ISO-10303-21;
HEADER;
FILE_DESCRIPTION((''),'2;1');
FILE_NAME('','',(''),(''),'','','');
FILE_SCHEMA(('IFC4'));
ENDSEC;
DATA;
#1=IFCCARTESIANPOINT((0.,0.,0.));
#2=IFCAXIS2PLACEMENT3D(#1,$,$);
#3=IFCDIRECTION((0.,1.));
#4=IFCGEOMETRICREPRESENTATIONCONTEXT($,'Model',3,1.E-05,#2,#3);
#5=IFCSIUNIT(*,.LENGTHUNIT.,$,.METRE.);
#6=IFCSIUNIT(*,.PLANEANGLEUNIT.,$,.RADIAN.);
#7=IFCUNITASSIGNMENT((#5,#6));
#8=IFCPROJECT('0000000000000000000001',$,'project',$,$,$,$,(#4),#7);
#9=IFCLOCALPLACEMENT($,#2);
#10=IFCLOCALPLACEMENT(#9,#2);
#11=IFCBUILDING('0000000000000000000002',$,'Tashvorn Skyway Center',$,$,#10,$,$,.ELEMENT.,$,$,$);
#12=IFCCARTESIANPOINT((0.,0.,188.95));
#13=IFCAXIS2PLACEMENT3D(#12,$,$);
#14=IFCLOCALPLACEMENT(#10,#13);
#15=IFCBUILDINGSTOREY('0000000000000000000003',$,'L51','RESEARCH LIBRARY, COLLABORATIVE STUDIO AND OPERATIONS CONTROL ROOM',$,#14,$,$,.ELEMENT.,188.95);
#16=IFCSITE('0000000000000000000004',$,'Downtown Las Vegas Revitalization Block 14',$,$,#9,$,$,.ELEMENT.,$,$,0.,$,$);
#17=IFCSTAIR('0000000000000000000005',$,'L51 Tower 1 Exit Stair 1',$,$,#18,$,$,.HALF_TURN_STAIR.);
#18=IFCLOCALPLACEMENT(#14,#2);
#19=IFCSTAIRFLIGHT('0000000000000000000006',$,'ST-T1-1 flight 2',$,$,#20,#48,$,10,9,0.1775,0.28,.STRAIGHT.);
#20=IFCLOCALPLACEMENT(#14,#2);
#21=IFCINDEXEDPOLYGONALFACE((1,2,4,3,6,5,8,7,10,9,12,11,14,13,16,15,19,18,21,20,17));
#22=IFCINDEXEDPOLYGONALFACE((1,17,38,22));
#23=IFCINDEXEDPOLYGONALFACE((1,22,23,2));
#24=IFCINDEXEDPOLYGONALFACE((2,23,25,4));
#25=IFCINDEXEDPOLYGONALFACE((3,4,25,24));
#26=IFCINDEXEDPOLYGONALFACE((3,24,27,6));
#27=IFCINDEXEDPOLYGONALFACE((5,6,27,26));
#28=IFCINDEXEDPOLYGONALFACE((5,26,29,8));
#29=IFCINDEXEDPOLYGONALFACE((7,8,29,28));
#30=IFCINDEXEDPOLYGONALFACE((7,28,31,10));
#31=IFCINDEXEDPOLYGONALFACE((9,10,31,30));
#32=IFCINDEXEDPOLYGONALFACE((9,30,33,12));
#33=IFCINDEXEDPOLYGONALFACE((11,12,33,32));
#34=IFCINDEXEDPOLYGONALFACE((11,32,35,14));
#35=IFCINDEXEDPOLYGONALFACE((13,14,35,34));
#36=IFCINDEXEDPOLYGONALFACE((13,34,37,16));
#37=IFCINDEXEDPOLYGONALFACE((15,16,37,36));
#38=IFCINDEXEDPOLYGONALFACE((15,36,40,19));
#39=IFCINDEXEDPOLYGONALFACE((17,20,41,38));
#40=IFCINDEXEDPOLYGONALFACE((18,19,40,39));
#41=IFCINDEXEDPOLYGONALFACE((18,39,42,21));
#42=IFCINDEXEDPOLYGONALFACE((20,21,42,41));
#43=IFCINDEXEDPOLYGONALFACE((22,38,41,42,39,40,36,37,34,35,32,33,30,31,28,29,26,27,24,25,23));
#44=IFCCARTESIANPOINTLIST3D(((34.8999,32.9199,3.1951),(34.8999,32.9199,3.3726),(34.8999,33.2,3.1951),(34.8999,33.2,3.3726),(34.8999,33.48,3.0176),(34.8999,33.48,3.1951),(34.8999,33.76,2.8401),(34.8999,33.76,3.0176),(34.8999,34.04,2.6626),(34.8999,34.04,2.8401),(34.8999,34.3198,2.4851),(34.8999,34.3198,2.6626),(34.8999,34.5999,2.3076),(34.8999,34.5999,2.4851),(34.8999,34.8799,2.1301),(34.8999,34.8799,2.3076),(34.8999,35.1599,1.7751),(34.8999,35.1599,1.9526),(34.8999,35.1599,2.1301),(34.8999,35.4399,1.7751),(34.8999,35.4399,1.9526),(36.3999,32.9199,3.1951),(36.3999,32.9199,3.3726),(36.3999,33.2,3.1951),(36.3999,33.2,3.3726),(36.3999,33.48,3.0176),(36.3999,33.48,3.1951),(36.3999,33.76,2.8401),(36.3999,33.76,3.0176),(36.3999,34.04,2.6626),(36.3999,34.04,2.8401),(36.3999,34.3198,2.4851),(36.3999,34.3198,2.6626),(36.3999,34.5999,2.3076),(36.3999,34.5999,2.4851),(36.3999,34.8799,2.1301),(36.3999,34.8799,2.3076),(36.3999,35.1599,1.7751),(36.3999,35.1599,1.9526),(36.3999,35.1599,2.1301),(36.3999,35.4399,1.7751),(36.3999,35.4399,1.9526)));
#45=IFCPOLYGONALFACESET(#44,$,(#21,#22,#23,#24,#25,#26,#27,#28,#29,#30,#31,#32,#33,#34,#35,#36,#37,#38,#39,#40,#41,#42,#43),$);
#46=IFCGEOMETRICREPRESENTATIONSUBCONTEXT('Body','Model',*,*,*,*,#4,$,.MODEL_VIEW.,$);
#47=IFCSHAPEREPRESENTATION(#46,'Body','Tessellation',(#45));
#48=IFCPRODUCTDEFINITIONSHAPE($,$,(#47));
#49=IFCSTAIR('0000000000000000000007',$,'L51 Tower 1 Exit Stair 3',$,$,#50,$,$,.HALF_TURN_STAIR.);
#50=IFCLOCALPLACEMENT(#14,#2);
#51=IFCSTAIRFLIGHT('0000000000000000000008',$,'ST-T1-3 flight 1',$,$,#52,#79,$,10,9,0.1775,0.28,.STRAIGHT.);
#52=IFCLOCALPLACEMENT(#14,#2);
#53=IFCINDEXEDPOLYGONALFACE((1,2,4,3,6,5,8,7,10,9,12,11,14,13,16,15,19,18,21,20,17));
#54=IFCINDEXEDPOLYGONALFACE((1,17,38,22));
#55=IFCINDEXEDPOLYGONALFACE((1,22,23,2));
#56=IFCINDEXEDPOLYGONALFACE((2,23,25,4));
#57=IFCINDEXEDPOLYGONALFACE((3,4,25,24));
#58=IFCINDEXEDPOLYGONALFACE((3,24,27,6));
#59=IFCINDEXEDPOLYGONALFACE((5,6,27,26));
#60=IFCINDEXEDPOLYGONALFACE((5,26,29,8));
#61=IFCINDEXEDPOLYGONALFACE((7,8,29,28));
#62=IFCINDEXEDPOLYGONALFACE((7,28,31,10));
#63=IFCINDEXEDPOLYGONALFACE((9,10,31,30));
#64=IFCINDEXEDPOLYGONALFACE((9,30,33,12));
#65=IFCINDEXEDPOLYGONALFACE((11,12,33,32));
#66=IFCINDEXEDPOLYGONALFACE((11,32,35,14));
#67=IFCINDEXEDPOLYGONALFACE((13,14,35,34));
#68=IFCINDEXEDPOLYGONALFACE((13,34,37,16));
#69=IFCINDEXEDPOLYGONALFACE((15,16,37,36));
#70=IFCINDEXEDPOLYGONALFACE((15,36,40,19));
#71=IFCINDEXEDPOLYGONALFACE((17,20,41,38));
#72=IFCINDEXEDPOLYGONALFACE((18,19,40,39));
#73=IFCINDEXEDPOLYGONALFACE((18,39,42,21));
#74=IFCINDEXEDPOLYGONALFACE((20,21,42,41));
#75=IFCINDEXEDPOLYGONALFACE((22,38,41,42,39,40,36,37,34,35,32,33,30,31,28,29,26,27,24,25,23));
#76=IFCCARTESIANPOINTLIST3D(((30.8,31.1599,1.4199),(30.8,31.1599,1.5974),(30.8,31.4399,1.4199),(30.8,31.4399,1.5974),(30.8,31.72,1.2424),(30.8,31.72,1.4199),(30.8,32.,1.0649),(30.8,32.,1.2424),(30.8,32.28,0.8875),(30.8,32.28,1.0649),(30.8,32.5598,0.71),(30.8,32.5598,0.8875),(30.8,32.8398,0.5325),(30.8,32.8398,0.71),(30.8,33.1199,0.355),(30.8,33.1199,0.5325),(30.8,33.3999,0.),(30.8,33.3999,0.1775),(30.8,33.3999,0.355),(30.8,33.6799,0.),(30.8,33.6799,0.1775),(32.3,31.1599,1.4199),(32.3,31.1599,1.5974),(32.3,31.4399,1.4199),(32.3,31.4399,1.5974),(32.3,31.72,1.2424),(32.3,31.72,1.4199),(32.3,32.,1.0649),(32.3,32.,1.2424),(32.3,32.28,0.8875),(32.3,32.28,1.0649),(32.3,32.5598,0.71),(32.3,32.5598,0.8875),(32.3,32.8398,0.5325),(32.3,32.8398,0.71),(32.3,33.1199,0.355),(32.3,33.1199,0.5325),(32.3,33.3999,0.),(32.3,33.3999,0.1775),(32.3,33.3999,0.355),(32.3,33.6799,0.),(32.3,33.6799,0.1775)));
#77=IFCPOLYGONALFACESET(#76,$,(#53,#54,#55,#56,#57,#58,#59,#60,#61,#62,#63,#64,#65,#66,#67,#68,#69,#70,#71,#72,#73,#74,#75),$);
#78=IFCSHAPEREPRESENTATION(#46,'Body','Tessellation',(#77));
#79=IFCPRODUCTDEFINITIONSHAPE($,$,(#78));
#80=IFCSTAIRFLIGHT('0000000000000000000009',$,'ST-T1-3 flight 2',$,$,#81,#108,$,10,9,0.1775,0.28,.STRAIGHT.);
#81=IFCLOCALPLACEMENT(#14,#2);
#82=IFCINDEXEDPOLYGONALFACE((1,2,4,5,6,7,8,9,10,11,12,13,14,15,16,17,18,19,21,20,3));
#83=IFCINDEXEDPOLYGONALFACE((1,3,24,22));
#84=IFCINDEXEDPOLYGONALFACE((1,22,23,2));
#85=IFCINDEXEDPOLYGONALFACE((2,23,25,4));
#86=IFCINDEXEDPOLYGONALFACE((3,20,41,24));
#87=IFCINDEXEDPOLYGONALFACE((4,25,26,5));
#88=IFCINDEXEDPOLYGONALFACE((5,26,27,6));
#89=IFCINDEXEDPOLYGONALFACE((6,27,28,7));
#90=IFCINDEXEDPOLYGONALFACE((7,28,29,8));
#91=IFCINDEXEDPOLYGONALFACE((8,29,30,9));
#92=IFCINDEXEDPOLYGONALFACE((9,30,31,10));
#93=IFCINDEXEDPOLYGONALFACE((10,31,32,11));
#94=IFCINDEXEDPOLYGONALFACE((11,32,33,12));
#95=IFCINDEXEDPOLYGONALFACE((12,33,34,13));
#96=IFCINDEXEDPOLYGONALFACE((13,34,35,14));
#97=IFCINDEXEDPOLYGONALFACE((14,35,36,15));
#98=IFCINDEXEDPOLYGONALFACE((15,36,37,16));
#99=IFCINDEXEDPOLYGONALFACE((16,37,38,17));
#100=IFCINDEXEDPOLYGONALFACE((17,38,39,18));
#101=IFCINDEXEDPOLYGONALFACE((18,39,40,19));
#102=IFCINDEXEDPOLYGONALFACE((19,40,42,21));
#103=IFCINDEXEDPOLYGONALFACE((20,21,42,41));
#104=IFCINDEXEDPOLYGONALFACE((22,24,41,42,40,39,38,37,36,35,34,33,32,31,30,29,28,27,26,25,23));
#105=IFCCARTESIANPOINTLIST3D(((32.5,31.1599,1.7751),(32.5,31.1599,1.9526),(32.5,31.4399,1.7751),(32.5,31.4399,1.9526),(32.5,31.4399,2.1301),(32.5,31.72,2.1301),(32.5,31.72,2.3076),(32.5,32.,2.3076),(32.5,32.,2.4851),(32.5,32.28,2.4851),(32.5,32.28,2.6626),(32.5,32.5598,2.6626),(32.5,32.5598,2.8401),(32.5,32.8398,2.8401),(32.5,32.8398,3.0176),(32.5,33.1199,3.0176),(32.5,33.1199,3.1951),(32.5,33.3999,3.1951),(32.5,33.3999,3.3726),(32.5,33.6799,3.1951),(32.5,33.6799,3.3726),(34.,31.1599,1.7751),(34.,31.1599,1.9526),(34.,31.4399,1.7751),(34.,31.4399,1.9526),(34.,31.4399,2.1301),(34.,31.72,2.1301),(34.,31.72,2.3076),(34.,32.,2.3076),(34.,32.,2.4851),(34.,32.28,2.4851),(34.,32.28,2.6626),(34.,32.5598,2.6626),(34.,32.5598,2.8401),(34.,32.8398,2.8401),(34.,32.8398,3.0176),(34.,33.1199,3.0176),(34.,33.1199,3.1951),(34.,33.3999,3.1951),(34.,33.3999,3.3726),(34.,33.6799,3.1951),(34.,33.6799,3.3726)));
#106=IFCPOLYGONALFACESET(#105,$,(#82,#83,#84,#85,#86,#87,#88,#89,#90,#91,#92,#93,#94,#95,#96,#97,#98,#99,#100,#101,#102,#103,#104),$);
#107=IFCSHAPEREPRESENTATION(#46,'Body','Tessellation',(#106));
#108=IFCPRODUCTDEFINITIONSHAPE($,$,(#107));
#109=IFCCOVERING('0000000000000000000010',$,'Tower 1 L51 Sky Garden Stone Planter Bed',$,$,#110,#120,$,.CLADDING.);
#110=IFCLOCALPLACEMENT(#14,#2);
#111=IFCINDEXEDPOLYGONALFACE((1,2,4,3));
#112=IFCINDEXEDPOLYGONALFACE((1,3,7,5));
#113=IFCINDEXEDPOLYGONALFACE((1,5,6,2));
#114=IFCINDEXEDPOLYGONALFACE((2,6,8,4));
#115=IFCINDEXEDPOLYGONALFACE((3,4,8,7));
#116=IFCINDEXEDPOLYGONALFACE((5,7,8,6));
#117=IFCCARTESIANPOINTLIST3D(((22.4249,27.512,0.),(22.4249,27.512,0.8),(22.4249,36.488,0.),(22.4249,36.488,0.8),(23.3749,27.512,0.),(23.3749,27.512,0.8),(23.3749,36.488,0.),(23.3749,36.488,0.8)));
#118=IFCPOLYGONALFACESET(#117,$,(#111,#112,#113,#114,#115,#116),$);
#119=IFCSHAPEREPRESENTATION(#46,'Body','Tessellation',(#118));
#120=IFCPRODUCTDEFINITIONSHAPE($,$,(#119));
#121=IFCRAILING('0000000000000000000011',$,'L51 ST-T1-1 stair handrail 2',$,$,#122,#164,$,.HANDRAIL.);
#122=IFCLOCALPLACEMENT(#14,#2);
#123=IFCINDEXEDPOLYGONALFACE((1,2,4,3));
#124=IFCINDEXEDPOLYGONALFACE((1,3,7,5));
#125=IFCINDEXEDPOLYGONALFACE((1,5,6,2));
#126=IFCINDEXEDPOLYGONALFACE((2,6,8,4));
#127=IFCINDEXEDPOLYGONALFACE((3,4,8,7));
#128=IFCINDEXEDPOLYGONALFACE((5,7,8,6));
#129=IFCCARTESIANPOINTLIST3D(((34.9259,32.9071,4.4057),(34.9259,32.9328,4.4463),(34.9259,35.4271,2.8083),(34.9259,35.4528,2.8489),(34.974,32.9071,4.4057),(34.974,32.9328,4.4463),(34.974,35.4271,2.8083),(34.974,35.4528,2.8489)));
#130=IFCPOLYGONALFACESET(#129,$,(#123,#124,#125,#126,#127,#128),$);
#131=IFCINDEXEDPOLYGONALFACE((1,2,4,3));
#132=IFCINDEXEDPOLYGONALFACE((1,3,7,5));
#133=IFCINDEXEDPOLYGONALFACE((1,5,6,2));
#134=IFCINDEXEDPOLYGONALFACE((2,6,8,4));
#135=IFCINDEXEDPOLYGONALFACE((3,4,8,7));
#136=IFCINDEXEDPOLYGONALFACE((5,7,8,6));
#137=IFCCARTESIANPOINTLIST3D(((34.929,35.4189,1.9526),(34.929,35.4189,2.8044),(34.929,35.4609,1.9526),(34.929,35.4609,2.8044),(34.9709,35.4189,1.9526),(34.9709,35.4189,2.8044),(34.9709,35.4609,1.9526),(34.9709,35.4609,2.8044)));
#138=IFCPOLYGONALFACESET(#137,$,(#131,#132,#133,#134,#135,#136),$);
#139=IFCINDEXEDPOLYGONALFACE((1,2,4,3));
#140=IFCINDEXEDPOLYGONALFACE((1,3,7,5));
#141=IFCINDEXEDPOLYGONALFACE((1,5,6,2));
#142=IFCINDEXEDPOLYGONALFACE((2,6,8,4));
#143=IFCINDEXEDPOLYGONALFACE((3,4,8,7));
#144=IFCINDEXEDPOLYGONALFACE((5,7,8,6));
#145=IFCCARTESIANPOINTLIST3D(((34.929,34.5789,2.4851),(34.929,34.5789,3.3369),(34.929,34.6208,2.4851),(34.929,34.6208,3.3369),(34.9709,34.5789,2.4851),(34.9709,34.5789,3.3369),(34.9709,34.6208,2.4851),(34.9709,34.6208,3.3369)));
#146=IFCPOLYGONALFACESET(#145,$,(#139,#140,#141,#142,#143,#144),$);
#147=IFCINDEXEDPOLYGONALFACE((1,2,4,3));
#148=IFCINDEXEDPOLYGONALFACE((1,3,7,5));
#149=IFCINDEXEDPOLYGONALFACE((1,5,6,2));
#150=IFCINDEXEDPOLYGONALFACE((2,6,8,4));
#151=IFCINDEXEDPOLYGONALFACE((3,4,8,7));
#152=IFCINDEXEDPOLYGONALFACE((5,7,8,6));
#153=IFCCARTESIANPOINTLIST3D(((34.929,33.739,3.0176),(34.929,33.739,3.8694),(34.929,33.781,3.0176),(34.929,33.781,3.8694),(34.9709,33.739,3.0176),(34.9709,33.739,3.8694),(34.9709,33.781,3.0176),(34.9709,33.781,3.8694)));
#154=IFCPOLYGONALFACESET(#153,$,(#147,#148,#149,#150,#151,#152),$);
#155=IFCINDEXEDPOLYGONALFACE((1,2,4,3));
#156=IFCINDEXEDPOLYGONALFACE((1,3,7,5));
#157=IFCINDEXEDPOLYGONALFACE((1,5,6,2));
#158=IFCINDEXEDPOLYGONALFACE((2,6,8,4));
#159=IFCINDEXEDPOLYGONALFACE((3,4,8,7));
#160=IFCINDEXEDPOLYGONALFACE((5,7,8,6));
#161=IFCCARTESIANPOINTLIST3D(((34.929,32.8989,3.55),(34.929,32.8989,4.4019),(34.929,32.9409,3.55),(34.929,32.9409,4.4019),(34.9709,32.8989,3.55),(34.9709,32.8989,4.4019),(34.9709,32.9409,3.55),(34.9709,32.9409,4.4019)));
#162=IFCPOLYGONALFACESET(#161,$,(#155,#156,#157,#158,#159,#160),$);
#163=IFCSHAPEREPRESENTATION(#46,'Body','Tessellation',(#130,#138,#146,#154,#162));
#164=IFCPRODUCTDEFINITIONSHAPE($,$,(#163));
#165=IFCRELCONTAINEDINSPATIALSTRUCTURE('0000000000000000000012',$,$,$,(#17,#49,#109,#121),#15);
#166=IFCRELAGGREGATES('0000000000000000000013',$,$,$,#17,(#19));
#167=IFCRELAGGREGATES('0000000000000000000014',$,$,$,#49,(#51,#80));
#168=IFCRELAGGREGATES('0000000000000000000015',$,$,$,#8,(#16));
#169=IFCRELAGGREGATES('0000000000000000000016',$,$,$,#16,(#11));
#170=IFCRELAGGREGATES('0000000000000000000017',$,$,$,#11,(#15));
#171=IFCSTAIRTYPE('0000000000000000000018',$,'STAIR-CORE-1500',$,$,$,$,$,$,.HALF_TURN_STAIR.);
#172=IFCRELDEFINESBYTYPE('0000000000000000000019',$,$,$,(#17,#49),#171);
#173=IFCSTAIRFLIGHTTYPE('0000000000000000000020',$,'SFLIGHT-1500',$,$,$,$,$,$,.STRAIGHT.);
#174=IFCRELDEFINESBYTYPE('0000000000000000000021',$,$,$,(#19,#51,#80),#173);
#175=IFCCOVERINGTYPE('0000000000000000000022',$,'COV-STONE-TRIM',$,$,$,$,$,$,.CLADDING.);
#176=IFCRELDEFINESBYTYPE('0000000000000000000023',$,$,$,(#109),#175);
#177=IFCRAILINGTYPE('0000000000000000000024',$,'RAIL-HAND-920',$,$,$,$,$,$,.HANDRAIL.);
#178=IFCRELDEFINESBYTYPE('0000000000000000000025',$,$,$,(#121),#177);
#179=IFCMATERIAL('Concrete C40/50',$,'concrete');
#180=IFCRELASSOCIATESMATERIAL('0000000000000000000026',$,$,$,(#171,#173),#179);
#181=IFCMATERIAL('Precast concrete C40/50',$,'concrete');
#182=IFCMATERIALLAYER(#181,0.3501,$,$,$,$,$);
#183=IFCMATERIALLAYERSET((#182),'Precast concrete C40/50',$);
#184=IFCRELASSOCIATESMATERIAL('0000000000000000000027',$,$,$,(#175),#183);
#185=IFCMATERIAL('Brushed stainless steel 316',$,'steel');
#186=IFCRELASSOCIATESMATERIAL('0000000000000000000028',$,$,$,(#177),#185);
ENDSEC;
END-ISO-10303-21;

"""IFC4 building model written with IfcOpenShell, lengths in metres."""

from ifc_helpers import new_model, si_unit, direction, frame, origin, origin_2d, place, context, subcontext, project, spatial, polyline, rectangle, outline, extrude, material, layer, layer_set, type_object, element, aggregate, save


model = new_model("IFC4")

# Units and contexts
model_context = context("Model", 3, precision=1e-05, world=origin(), true_north=direction((0.0, 1.0)))
body_context = subcontext(model_context, "Body", "Model", "MODEL_VIEW")
ifc_project = project(units=[si_unit("LENGTHUNIT", "METRE"), si_unit("PLANEANGLEUNIT", "RADIAN")], contexts=[model_context])

# Site, building, storey
site_placement = place(None, origin())
site = spatial("IfcSite", under=ifc_project, at=site_placement, Name="Downtown Las Vegas Revitalization Block 14", CompositionType="ELEMENT", RefElevation=0.0)
building_placement = place(site_placement, origin())
building = spatial("IfcBuilding", under=site, at=building_placement, Name="Tashvorn Skyway Center", CompositionType="ELEMENT")
storey_placement = place(building_placement, frame((0.0, 0.0, 188.95)))
storey = spatial("IfcBuildingStorey", under=building, at=storey_placement, Name="L51", Description="RESEARCH LIBRARY, COLLABORATIVE STUDIO AND OPERATIONS CONTROL ROOM", CompositionType="ELEMENT", Elevation=188.95)

# Shared definitions
ifc_material_1 = material(Name="Concrete C40/50", Category="concrete")

# Stair, stair flight
stair_type = type_object("IfcStairType", Name="STAIR-CORE-1500", PredefinedType="HALF_TURN_STAIR", material=ifc_material_1)
stair_1_placement = place(storey_placement, origin())
stair_1 = element("IfcStair", 1, at=stair_1_placement, inside=storey, type_object=stair_type, Name="L51 Tower 1 Exit Stair 1", PredefinedType="HALF_TURN_STAIR")
stair_flight_type = type_object("IfcStairFlightType", Name="SFLIGHT-1500", PredefinedType="STRAIGHT", material=ifc_material_1)
stair_flight_1_placement = place(storey_placement, frame((35.6499, 35.4399, 1.7751), z_axis=(0.0, 0.0, 1.0), x_axis=(0.0, -1.0, 0.0)))
stair_flight_1 = element("IfcStairFlight", 2, at=stair_flight_1_placement, type_object=stair_flight_type, Name="ST-T1-1 flight 2", NumberOfRisers=10, NumberOfTreads=9, PredefinedType="STRAIGHT", RiserHeight=0.1775, TreadLength=0.28, context=body_context, shape_type="SweptSolid", body=[
    extrude(outline(polyline([(0.0, 0.0), (0.0, 0.1775), (0.28, 0.1775), (0.28, 0.355), (0.5601, 0.355), (0.5601, 0.5325), (0.8401, 0.5325), (0.8401, 0.71), (1.1201, 0.71), (1.1201, 0.8875), (1.3999, 0.8875), (1.3999, 1.0649), (1.6799, 1.0649), (1.6799, 1.2424), (1.96, 1.2424), (1.96, 1.4199), (2.24, 1.4199), (2.24, 1.5974), (2.52, 1.5974), (2.52, 1.7749), (2.52, 1.4199), (0.28, 0.0), (0.0, 0.0)])), frame((0.0, 0.75, 0.0), z_axis=(0.0, -1.0, 0.0), x_axis=(1.0, 0.0, 0.0)), (0.0, 0.0, 1.0), 1.5),
])
aggregate(stair_1, [stair_flight_1])

# Stair, stair flights
stair_2_placement = place(storey_placement, origin())
stair_2 = element("IfcStair", 3, at=stair_2_placement, inside=storey, type_object=stair_type, Name="L51 Tower 1 Exit Stair 3", PredefinedType="HALF_TURN_STAIR")
stair_flight_2_placement = place(storey_placement, frame((31.55, 33.6799, 0.0), z_axis=(0.0, 0.0, 1.0), x_axis=(0.0, -1.0, 0.0)))
stair_flight_2 = element("IfcStairFlight", 4, at=stair_flight_2_placement, type_object=stair_flight_type, Name="ST-T1-3 flight 1", NumberOfRisers=10, NumberOfTreads=9, PredefinedType="STRAIGHT", RiserHeight=0.1775, TreadLength=0.28, context=body_context, shape_type="SweptSolid", body=[
    extrude(outline(polyline([(0.0, 0.0), (0.0, 0.1775), (0.28, 0.1775), (0.28, 0.355), (0.5601, 0.355), (0.5601, 0.5325), (0.8401, 0.5325), (0.8401, 0.71), (1.1201, 0.71), (1.1201, 0.8875), (1.3999, 0.8875), (1.3999, 1.0649), (1.6799, 1.0649), (1.6799, 1.2424), (1.96, 1.2424), (1.96, 1.4199), (2.24, 1.4199), (2.24, 1.5974), (2.52, 1.5974), (2.52, 1.7749), (2.52, 1.4199), (0.28, 0.0), (0.0, 0.0)])), frame((0.0, 0.75, 0.0), z_axis=(0.0, -1.0, 0.0), x_axis=(1.0, 0.0, 0.0)), (0.0, 0.0, 1.0), 1.5),
])
stair_flight_3_placement = place(storey_placement, frame((33.25, 31.1599, 1.7751), z_axis=(0.0, 0.0, 1.0), x_axis=(0.0, 1.0, 0.0)))
stair_flight_3 = element("IfcStairFlight", 5, at=stair_flight_3_placement, type_object=stair_flight_type, Name="ST-T1-3 flight 2", NumberOfRisers=10, NumberOfTreads=9, PredefinedType="STRAIGHT", RiserHeight=0.1775, TreadLength=0.28, context=body_context, shape_type="SweptSolid", body=[
    extrude(outline(polyline([(0.0, 0.0), (0.0, 0.1775), (0.28, 0.1775), (0.28, 0.355), (0.5601, 0.355), (0.5601, 0.5325), (0.8401, 0.5325), (0.8401, 0.71), (1.1201, 0.71), (1.1201, 0.8875), (1.3999, 0.8875), (1.3999, 1.0649), (1.6799, 1.0649), (1.6799, 1.2424), (1.96, 1.2424), (1.96, 1.4199), (2.24, 1.4199), (2.24, 1.5974), (2.52, 1.5974), (2.52, 1.7749), (2.52, 1.4199), (0.28, 0.0), (0.0, 0.0)])), frame((0.0, 0.75, 0.0), z_axis=(0.0, -1.0, 0.0), x_axis=(1.0, 0.0, 0.0)), (0.0, 0.0, 1.0), 1.5),
])
aggregate(stair_2, [stair_flight_2, stair_flight_3])

# Covering
ifc_material_2 = material(Name="Precast concrete C40/50", Category="concrete")
ifc_layer_1 = layer(ifc_material_2, 0.3501)
ifc_layer_set_1 = layer_set([ifc_layer_1], Name="Precast concrete C40/50")
covering_type = type_object("IfcCoveringType", Name="COV-STONE-TRIM", PredefinedType="CLADDING", material=ifc_layer_set_1)
covering_placement = place(storey_placement, frame((22.8999, 32.0, 0.0), z_axis=(0.0, 0.0, 1.0), x_axis=(0.0, 1.0, 0.0)))
element("IfcCovering", 6, at=covering_placement, inside=storey, type_object=covering_type, Name="Tower 1 L51 Sky Garden Stone Planter Bed", PredefinedType="CLADDING", context=body_context, shape_type="SweptSolid", body=[
    extrude(rectangle(XDim=8.9761, YDim=0.95, at=origin_2d()), origin(), (0.0, 0.0, 1.0), 0.8),
])

# Railing
ifc_material_3 = material(Name="Brushed stainless steel 316", Category="steel")
railing_type_1 = type_object("IfcRailingType", Name="RAIL-HAND-920", PredefinedType="HANDRAIL", material=ifc_material_3)
railing_1_placement = place(storey_placement, frame((34.95, 35.4399, 1.9526)))
element("IfcRailing", 7, at=railing_1_placement, inside=storey, type_object=railing_type_1, Name="L51 ST-T1-1 stair handrail 2", PredefinedType="HANDRAIL", context=body_context, shape_type="SweptSolid", body=[
    extrude(rectangle(XDim=0.0481, YDim=0.0481, at=origin_2d()), frame((0.0, 0.0, 0.876), z_axis=(0.0, -0.844607, 0.535387), x_axis=(1.0, 0.0, 0.0)), (0.0, 0.0, 1.0), 2.9836),
    extrude(rectangle(XDim=0.042, YDim=0.042, at=origin_2d()), origin(), (0.0, 0.0, 1.0), 0.8518),
    extrude(rectangle(XDim=0.042, YDim=0.042, at=origin_2d()), frame((0.0, -0.8401, 0.5325)), (0.0, 0.0, 1.0), 0.8518),
    extrude(rectangle(XDim=0.042, YDim=0.042, at=origin_2d()), frame((0.0, -1.6799, 1.0649)), (0.0, 0.0, 1.0), 0.8518),
    extrude(rectangle(XDim=0.042, YDim=0.042, at=origin_2d()), frame((0.0, -2.52, 1.5974)), (0.0, 0.0, 1.0), 0.8518),
])

save(model, "model.ifc")
